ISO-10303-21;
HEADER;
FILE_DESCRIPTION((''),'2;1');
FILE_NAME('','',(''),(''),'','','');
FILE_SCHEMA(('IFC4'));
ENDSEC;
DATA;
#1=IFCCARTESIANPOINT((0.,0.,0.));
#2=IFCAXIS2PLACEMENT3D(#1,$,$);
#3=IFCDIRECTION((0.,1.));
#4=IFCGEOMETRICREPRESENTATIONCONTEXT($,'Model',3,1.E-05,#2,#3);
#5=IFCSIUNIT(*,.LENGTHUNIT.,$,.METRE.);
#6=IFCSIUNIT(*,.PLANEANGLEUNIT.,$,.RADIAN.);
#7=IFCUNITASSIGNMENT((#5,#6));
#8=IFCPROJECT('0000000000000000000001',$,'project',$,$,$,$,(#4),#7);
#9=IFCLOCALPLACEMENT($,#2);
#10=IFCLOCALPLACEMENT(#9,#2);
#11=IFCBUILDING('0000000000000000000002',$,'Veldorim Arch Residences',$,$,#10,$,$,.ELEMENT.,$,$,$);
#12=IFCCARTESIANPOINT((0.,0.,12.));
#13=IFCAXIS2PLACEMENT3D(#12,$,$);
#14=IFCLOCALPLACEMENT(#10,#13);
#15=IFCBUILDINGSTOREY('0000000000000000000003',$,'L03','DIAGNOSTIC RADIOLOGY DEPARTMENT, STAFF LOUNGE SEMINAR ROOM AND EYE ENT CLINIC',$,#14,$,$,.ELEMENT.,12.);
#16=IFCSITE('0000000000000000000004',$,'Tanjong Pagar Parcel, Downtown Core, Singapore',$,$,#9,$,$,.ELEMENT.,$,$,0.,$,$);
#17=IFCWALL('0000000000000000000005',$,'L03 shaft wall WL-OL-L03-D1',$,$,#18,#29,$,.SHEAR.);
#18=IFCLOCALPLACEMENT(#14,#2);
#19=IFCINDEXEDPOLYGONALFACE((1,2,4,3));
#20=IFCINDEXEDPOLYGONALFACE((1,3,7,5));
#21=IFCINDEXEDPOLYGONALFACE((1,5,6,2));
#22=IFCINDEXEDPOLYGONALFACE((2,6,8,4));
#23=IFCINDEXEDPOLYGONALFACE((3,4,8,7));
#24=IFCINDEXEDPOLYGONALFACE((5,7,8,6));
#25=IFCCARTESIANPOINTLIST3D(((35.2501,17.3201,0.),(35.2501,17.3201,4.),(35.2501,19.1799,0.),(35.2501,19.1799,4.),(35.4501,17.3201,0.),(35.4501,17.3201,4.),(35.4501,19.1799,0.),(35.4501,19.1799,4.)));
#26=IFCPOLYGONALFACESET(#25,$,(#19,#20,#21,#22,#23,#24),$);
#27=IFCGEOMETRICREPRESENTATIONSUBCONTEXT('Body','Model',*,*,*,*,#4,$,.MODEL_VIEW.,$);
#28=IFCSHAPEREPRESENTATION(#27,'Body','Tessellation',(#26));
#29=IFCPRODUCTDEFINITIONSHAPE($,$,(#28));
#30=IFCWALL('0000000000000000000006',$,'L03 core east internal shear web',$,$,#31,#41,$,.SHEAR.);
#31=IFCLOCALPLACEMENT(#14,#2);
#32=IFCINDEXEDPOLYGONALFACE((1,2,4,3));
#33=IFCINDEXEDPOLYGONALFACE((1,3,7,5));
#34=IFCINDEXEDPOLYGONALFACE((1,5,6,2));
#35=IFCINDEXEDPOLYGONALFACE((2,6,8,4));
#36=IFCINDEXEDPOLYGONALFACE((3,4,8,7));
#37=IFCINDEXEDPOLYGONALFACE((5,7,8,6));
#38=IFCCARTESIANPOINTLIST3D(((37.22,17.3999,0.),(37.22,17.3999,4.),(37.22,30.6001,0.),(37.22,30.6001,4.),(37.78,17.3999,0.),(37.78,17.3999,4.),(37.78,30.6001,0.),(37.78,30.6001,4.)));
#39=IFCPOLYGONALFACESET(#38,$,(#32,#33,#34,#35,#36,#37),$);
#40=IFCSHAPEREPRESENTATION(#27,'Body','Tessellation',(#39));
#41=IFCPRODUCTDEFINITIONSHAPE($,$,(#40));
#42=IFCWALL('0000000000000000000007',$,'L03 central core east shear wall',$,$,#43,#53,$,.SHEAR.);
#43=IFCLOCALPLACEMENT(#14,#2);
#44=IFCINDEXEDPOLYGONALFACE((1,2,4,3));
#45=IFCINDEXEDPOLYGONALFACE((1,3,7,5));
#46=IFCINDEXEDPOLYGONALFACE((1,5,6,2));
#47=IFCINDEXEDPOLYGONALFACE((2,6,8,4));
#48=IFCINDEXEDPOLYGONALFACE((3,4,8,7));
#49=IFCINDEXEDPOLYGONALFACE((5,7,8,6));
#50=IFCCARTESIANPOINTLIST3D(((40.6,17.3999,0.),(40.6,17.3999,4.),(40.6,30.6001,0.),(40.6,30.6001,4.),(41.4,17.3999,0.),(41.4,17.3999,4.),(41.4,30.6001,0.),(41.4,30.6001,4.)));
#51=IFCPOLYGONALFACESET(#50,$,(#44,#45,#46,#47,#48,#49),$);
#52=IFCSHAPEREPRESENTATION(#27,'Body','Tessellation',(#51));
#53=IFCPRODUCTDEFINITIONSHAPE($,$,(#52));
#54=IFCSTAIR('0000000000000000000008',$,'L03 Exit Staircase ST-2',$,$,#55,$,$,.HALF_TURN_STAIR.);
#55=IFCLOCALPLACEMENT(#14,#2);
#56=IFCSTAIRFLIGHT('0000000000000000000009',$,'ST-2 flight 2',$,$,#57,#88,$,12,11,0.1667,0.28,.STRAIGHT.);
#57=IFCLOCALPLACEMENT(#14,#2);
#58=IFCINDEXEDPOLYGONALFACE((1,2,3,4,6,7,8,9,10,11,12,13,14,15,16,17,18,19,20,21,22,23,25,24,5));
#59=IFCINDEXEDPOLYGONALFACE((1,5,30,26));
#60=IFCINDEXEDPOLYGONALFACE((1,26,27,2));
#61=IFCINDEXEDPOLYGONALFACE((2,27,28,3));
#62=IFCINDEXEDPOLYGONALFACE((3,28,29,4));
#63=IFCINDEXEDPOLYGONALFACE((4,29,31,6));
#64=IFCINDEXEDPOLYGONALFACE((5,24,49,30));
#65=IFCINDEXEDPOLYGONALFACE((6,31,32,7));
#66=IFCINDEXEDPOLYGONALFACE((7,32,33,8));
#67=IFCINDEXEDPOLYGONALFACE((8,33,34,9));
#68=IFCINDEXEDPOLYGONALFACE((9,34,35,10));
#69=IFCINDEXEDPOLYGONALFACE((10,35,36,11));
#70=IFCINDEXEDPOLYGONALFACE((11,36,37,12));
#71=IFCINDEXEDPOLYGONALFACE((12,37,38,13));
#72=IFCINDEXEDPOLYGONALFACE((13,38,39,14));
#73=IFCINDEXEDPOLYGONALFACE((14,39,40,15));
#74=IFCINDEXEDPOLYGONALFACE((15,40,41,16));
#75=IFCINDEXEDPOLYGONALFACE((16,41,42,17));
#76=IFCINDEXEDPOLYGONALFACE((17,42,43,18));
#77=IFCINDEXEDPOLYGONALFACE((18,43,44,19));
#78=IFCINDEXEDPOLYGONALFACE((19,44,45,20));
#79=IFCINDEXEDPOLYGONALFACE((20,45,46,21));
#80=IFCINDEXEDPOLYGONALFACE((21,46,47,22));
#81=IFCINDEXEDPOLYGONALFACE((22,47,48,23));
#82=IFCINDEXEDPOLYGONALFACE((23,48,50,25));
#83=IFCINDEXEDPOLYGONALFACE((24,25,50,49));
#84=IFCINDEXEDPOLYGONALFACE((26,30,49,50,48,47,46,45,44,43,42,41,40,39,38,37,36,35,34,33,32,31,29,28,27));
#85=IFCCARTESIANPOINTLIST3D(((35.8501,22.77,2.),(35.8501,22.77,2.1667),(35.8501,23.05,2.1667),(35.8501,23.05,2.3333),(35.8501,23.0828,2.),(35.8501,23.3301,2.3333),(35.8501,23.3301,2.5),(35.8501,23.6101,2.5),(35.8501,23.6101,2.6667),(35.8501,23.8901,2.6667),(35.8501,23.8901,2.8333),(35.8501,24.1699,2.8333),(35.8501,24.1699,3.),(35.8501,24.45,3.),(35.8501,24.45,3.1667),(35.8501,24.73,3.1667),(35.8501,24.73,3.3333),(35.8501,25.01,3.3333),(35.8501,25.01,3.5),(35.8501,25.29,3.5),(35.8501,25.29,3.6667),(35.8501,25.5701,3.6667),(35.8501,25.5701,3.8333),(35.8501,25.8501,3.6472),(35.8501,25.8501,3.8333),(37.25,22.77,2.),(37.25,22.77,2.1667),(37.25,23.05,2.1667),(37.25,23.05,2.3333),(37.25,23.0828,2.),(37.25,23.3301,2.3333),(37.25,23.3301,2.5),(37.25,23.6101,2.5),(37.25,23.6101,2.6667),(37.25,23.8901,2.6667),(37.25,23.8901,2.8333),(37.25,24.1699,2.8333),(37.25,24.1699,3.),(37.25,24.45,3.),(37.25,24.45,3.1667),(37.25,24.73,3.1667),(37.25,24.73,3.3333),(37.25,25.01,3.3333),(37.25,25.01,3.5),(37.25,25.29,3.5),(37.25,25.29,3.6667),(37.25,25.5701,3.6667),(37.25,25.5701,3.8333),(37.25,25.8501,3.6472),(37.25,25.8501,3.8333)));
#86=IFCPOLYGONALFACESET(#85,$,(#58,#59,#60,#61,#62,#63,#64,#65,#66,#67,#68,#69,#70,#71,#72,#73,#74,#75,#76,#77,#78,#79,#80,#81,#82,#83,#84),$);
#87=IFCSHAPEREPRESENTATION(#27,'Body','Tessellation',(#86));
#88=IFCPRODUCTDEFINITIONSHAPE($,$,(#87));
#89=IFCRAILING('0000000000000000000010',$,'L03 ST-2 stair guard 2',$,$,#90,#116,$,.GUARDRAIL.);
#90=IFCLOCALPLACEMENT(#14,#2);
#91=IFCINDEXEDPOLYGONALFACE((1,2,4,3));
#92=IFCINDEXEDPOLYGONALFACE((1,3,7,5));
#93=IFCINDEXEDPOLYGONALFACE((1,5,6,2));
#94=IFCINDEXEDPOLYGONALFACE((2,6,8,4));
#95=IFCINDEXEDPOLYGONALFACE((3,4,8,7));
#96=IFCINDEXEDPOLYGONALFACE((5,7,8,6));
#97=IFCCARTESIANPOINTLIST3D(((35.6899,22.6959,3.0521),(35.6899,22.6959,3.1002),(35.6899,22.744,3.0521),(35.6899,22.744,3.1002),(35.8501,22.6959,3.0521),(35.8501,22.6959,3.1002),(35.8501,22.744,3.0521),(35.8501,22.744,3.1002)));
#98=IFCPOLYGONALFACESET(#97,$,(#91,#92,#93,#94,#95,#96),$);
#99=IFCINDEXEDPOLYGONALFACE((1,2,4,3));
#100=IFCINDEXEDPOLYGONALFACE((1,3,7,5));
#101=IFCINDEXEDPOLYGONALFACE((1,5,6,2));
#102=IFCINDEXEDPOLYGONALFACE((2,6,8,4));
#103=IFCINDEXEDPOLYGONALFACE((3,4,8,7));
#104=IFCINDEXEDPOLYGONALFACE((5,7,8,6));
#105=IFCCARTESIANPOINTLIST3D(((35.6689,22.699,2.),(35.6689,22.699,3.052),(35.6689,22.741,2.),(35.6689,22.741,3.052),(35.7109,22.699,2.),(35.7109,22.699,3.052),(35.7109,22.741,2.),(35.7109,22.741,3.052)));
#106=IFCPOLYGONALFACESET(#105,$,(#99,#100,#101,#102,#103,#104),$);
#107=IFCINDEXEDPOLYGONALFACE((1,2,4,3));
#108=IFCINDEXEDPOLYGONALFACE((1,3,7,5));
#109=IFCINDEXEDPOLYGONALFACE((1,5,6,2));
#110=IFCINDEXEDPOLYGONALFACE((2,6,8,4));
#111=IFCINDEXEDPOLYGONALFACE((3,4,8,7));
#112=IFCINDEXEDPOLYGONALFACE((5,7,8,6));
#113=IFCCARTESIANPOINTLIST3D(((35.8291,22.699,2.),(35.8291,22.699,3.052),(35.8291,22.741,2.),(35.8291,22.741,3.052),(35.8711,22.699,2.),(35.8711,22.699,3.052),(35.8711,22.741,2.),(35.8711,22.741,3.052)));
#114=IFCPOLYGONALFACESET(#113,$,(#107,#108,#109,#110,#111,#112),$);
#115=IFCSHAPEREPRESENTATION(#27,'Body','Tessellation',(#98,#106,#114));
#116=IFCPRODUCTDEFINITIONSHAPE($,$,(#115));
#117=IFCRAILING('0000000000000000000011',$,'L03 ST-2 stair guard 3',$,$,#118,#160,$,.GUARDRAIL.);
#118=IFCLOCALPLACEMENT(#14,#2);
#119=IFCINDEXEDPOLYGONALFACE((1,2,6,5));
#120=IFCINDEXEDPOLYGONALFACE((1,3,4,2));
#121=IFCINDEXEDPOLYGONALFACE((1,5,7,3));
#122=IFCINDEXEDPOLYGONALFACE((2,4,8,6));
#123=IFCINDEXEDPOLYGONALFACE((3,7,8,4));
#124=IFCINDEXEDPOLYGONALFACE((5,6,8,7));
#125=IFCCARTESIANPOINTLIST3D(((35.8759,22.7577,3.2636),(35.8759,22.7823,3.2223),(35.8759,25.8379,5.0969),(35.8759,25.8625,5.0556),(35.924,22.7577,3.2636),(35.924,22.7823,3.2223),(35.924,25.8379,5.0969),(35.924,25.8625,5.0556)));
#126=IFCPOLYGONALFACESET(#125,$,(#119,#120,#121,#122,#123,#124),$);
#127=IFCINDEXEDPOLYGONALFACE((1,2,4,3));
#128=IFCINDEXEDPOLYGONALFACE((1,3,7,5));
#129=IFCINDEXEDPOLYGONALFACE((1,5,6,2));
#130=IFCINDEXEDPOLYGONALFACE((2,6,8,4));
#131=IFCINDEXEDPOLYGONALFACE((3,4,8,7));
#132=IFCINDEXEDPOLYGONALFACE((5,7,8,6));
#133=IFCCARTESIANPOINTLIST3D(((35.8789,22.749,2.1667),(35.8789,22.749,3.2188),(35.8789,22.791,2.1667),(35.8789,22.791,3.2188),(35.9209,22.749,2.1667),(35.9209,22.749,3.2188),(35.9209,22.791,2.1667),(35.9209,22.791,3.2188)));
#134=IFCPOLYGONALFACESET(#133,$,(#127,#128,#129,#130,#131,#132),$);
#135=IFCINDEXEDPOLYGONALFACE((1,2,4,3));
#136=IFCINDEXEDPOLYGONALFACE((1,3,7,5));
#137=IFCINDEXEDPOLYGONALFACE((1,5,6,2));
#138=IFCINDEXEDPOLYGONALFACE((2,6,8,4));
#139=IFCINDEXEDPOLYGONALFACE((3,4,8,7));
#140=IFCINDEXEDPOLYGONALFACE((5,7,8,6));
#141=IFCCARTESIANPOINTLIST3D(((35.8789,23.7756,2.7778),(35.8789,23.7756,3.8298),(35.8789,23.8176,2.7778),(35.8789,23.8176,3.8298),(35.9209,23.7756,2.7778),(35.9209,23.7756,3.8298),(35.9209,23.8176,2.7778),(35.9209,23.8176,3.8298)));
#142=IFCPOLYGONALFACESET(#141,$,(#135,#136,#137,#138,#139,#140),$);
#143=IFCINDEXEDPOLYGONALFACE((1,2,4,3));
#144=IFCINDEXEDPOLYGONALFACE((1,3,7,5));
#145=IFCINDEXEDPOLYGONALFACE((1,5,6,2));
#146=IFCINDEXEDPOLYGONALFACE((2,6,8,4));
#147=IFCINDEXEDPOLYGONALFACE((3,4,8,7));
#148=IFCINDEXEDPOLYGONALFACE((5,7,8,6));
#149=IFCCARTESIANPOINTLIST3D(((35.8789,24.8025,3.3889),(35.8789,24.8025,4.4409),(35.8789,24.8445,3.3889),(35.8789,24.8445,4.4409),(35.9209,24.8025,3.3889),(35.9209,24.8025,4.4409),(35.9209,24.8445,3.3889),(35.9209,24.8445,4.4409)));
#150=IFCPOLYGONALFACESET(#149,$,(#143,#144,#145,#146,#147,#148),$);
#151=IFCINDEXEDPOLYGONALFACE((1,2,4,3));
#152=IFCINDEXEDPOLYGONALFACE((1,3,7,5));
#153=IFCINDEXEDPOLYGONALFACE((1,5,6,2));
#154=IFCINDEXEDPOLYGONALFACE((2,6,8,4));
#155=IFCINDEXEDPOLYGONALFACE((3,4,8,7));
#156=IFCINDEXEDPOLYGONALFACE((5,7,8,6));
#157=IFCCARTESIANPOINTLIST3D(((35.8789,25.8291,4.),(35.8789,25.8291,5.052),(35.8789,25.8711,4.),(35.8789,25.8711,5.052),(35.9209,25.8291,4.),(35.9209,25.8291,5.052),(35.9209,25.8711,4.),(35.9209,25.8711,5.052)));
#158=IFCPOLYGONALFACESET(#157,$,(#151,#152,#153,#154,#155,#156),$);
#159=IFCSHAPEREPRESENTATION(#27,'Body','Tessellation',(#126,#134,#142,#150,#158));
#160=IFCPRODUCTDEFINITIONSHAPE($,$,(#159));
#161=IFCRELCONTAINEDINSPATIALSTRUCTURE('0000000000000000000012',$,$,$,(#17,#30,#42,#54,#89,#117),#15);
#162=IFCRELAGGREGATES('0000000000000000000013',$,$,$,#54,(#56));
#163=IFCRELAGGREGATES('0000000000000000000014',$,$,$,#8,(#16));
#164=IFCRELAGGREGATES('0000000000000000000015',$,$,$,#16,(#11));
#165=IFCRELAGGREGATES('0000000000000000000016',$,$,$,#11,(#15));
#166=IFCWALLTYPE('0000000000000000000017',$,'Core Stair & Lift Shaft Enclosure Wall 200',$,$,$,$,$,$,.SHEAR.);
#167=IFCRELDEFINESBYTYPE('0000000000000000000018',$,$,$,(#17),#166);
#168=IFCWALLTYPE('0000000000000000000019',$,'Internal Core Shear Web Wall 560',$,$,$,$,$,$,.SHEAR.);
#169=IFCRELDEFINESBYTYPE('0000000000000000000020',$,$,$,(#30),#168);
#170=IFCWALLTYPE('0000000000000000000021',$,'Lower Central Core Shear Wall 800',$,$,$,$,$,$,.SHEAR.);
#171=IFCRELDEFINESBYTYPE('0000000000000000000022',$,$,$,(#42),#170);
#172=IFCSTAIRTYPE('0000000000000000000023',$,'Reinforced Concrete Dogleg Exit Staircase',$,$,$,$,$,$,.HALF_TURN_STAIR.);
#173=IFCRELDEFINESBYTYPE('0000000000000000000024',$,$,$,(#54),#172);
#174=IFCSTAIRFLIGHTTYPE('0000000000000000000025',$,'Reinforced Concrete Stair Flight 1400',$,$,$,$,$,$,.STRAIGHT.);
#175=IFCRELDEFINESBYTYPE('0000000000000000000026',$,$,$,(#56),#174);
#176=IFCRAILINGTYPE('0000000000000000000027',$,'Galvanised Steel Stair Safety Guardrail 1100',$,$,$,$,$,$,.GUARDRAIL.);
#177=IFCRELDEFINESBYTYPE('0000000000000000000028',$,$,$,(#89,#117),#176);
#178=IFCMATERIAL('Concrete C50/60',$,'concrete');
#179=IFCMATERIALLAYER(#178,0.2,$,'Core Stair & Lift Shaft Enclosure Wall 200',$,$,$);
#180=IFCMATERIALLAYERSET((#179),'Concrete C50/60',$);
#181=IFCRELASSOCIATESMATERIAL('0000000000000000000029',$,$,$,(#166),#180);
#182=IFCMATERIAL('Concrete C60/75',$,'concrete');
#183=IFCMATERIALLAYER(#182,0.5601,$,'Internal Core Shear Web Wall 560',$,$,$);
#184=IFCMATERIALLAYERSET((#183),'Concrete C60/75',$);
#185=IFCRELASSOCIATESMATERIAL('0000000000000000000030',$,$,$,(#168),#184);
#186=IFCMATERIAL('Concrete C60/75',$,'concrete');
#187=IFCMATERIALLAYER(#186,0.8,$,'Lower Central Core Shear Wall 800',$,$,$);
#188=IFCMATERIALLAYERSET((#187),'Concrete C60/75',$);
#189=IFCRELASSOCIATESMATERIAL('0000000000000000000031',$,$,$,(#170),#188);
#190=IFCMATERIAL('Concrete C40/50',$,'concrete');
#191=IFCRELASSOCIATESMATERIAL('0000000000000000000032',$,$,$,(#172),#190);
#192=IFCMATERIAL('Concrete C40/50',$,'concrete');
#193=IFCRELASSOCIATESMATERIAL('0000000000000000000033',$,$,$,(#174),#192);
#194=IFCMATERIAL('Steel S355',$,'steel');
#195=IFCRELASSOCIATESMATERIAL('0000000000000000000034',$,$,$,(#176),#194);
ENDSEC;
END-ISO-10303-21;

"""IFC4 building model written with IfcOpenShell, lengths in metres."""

from ifc_helpers import new_model, si_unit, direction, frame, frame_2d, origin, origin_2d, place, context, subcontext, project, spatial, polyline, rectangle, outline, extrude, material, layer, layer_set, type_object, element, aggregate, save


model = new_model("IFC4")

# Units and contexts
model_context = context("Model", 3, precision=1e-05, world=origin(), true_north=direction((0.0, 1.0)))
body_context = subcontext(model_context, "Body", "Model", "MODEL_VIEW")
ifc_project = project(units=[si_unit("LENGTHUNIT", "METRE"), si_unit("PLANEANGLEUNIT", "RADIAN")], contexts=[model_context])

# Site, building, storey
site_placement = place(None, origin())
site = spatial("IfcSite", under=ifc_project, at=site_placement, Name="Tanjong Pagar Parcel, Downtown Core, Singapore", CompositionType="ELEMENT", RefElevation=0.0)
building_placement = place(site_placement, origin())
building = spatial("IfcBuilding", under=site, at=building_placement, Name="Veldorim Arch Residences", CompositionType="ELEMENT")
storey_placement = place(building_placement, frame((0.0, 0.0, 12.0)))
storey = spatial("IfcBuildingStorey", under=building, at=storey_placement, Name="L03", Description="DIAGNOSTIC RADIOLOGY DEPARTMENT, STAFF LOUNGE SEMINAR ROOM AND EYE ENT CLINIC", CompositionType="ELEMENT", Elevation=12.0)

# Shared definitions
ifc_material_1 = material(Name="Concrete C50/60", Category="concrete")
ifc_layer_1 = layer(ifc_material_1, 0.2, Name="Core Stair & Lift Shaft Enclosure Wall 200")
ifc_layer_set_1 = layer_set([ifc_layer_1], Name="Concrete C50/60")
wall_type_1 = type_object("IfcWallType", Name="Core Stair & Lift Shaft Enclosure Wall 200", PredefinedType="SHEAR", material=ifc_layer_set_1)

# Walls
wall_1_placement = place(storey_placement, frame((35.3501, 17.3201, 0.0), z_axis=(0.0, 0.0, 1.0), x_axis=(0.0, 1.0, 0.0)))
element("IfcWall", 1, at=wall_1_placement, inside=storey, type_object=wall_type_1, Name="L03 shaft wall WL-OL-L03-D1", PredefinedType="SHEAR", context=body_context, shape_type="SweptSolid", body=[
    extrude(rectangle(XDim=1.8599, YDim=0.2, at=frame_2d((0.9299, 0.0))), origin(), (0.0, 0.0, 1.0), 4.0),
])
ifc_material_2 = material(Name="Concrete C60/75", Category="concrete")
ifc_layer_2 = layer(ifc_material_2, 0.5601, Name="Internal Core Shear Web Wall 560")
ifc_layer_set_2 = layer_set([ifc_layer_2], Name="Concrete C60/75")
wall_type_2 = type_object("IfcWallType", Name="Internal Core Shear Web Wall 560", PredefinedType="SHEAR", material=ifc_layer_set_2)
wall_2_placement = place(storey_placement, frame((37.5, 17.3999, 0.0), z_axis=(0.0, 0.0, 1.0), x_axis=(0.0, 1.0, 0.0)))
element("IfcWall", 2, at=wall_2_placement, inside=storey, type_object=wall_type_2, Name="L03 core east internal shear web", PredefinedType="SHEAR", context=body_context, shape_type="SweptSolid", body=[
    extrude(rectangle(XDim=13.2002, YDim=0.5601, at=frame_2d((6.6001, 0.0))), origin(), (0.0, 0.0, 1.0), 4.0),
])
ifc_material_3 = material(Name="Concrete C60/75", Category="concrete")
ifc_layer_3 = layer(ifc_material_3, 0.8, Name="Lower Central Core Shear Wall 800")
ifc_layer_set_3 = layer_set([ifc_layer_3], Name="Concrete C60/75")
wall_type_3 = type_object("IfcWallType", Name="Lower Central Core Shear Wall 800", PredefinedType="SHEAR", material=ifc_layer_set_3)
wall_3_placement = place(storey_placement, frame((41.0, 17.3999, 0.0), z_axis=(0.0, 0.0, 1.0), x_axis=(0.0, 1.0, 0.0)))
element("IfcWall", 3, at=wall_3_placement, inside=storey, type_object=wall_type_3, Name="L03 central core east shear wall", PredefinedType="SHEAR", context=body_context, shape_type="SweptSolid", body=[
    extrude(rectangle(XDim=13.2002, YDim=0.8, at=frame_2d((6.6001, 0.0))), origin(), (0.0, 0.0, 1.0), 4.0),
])

# Stair, stair flight
ifc_material_4 = material(Name="Concrete C40/50", Category="concrete")
stair_type = type_object("IfcStairType", Name="Reinforced Concrete Dogleg Exit Staircase", PredefinedType="HALF_TURN_STAIR", material=ifc_material_4)
stair_placement = place(storey_placement, origin())
stair = element("IfcStair", 4, at=stair_placement, inside=storey, type_object=stair_type, Name="L03 Exit Staircase ST-2", PredefinedType="HALF_TURN_STAIR")
ifc_material_5 = material(Name="Concrete C40/50", Category="concrete")
stair_flight_type = type_object("IfcStairFlightType", Name="Reinforced Concrete Stair Flight 1400", PredefinedType="STRAIGHT", material=ifc_material_5)
stair_flight_placement = place(storey_placement, frame((36.55, 22.77, 2.0), z_axis=(0.0, 0.0, 1.0), x_axis=(0.0, 1.0, 0.0)))
stair_flight = element("IfcStairFlight", 5, at=stair_flight_placement, type_object=stair_flight_type, Name="ST-2 flight 2", NumberOfRisers=12, NumberOfTreads=11, PredefinedType="STRAIGHT", RiserHeight=0.1667, TreadLength=0.28, context=body_context, shape_type="SweptSolid", body=[
    extrude(outline(polyline([(0.0, 0.0), (0.0, 0.1667), (0.28, 0.1667), (0.28, 0.3333), (0.5601, 0.3333), (0.5601, 0.5), (0.8401, 0.5), (0.8401, 0.6667), (1.1201, 0.6667), (1.1201, 0.8333), (1.3999, 0.8333), (1.3999, 1.0), (1.6799, 1.0), (1.6799, 1.1667), (1.96, 1.1667), (1.96, 1.3333), (2.24, 1.3333), (2.24, 1.5), (2.52, 1.5), (2.52, 1.6667), (2.8, 1.6667), (2.8, 1.8333), (3.0801, 1.8333), (3.0801, 2.0), (3.0801, 1.6472), (0.3127, 0.0), (0.0, 0.0)])), frame((0.0, 0.7, 0.0), z_axis=(0.0, -1.0, 0.0), x_axis=(1.0, 0.0, 0.0)), (0.0, 0.0, 1.0), 1.3999),
])
aggregate(stair, [stair_flight])

# Railings
ifc_material_6 = material(Name="Steel S355", Category="steel")
railing_type = type_object("IfcRailingType", Name="Galvanised Steel Stair Safety Guardrail 1100", PredefinedType="GUARDRAIL", material=ifc_material_6)
railing_1_placement = place(storey_placement, frame((35.6899, 22.72, 2.0)))
element("IfcRailing", 6, at=railing_1_placement, inside=storey, type_object=railing_type, Name="L03 ST-2 stair guard 2", PredefinedType="GUARDRAIL", context=body_context, shape_type="SweptSolid", body=[
    extrude(rectangle(XDim=0.0481, YDim=0.0481, at=origin_2d()), frame((0.0, 0.0, 1.0762), z_axis=(1.0, 0.0, 0.0), x_axis=(0.0, 1.0, 0.0)), (0.0, 0.0, 1.0), 0.1602),
    extrude(rectangle(XDim=0.042, YDim=0.042, at=origin_2d()), origin(), (0.0, 0.0, 1.0), 1.052),
    extrude(rectangle(XDim=0.042, YDim=0.042, at=origin_2d()), frame((0.1602, 0.0, 0.0)), (0.0, 0.0, 1.0), 1.052),
])
railing_2_placement = place(storey_placement, frame((35.8999, 22.77, 2.1667)))
element("IfcRailing", 7, at=railing_2_placement, inside=storey, type_object=railing_type, Name="L03 ST-2 stair guard 3", PredefinedType="GUARDRAIL", context=body_context, shape_type="SweptSolid", body=[
    extrude(rectangle(XDim=0.0481, YDim=0.0481, at=origin_2d()), frame((0.0, 0.0, 1.0762), z_axis=(0.0, 0.859309, 0.511458), x_axis=(-1.0, 0.0, 0.0)), (0.0, 0.0, 1.0), 3.5845),
    extrude(rectangle(XDim=0.042, YDim=0.042, at=origin_2d()), origin(), (0.0, 0.0, 1.0), 1.052),
    extrude(rectangle(XDim=0.042, YDim=0.042, at=origin_2d()), frame((0.0, 1.0266, 0.6111)), (0.0, 0.0, 1.0), 1.052),
    extrude(rectangle(XDim=0.042, YDim=0.042, at=origin_2d()), frame((0.0, 2.0535, 1.2222)), (0.0, 0.0, 1.0), 1.052),
    extrude(rectangle(XDim=0.042, YDim=0.042, at=origin_2d()), frame((0.0, 3.0801, 1.8333)), (0.0, 0.0, 1.0), 1.052),
])

save(model, "model.ifc")
